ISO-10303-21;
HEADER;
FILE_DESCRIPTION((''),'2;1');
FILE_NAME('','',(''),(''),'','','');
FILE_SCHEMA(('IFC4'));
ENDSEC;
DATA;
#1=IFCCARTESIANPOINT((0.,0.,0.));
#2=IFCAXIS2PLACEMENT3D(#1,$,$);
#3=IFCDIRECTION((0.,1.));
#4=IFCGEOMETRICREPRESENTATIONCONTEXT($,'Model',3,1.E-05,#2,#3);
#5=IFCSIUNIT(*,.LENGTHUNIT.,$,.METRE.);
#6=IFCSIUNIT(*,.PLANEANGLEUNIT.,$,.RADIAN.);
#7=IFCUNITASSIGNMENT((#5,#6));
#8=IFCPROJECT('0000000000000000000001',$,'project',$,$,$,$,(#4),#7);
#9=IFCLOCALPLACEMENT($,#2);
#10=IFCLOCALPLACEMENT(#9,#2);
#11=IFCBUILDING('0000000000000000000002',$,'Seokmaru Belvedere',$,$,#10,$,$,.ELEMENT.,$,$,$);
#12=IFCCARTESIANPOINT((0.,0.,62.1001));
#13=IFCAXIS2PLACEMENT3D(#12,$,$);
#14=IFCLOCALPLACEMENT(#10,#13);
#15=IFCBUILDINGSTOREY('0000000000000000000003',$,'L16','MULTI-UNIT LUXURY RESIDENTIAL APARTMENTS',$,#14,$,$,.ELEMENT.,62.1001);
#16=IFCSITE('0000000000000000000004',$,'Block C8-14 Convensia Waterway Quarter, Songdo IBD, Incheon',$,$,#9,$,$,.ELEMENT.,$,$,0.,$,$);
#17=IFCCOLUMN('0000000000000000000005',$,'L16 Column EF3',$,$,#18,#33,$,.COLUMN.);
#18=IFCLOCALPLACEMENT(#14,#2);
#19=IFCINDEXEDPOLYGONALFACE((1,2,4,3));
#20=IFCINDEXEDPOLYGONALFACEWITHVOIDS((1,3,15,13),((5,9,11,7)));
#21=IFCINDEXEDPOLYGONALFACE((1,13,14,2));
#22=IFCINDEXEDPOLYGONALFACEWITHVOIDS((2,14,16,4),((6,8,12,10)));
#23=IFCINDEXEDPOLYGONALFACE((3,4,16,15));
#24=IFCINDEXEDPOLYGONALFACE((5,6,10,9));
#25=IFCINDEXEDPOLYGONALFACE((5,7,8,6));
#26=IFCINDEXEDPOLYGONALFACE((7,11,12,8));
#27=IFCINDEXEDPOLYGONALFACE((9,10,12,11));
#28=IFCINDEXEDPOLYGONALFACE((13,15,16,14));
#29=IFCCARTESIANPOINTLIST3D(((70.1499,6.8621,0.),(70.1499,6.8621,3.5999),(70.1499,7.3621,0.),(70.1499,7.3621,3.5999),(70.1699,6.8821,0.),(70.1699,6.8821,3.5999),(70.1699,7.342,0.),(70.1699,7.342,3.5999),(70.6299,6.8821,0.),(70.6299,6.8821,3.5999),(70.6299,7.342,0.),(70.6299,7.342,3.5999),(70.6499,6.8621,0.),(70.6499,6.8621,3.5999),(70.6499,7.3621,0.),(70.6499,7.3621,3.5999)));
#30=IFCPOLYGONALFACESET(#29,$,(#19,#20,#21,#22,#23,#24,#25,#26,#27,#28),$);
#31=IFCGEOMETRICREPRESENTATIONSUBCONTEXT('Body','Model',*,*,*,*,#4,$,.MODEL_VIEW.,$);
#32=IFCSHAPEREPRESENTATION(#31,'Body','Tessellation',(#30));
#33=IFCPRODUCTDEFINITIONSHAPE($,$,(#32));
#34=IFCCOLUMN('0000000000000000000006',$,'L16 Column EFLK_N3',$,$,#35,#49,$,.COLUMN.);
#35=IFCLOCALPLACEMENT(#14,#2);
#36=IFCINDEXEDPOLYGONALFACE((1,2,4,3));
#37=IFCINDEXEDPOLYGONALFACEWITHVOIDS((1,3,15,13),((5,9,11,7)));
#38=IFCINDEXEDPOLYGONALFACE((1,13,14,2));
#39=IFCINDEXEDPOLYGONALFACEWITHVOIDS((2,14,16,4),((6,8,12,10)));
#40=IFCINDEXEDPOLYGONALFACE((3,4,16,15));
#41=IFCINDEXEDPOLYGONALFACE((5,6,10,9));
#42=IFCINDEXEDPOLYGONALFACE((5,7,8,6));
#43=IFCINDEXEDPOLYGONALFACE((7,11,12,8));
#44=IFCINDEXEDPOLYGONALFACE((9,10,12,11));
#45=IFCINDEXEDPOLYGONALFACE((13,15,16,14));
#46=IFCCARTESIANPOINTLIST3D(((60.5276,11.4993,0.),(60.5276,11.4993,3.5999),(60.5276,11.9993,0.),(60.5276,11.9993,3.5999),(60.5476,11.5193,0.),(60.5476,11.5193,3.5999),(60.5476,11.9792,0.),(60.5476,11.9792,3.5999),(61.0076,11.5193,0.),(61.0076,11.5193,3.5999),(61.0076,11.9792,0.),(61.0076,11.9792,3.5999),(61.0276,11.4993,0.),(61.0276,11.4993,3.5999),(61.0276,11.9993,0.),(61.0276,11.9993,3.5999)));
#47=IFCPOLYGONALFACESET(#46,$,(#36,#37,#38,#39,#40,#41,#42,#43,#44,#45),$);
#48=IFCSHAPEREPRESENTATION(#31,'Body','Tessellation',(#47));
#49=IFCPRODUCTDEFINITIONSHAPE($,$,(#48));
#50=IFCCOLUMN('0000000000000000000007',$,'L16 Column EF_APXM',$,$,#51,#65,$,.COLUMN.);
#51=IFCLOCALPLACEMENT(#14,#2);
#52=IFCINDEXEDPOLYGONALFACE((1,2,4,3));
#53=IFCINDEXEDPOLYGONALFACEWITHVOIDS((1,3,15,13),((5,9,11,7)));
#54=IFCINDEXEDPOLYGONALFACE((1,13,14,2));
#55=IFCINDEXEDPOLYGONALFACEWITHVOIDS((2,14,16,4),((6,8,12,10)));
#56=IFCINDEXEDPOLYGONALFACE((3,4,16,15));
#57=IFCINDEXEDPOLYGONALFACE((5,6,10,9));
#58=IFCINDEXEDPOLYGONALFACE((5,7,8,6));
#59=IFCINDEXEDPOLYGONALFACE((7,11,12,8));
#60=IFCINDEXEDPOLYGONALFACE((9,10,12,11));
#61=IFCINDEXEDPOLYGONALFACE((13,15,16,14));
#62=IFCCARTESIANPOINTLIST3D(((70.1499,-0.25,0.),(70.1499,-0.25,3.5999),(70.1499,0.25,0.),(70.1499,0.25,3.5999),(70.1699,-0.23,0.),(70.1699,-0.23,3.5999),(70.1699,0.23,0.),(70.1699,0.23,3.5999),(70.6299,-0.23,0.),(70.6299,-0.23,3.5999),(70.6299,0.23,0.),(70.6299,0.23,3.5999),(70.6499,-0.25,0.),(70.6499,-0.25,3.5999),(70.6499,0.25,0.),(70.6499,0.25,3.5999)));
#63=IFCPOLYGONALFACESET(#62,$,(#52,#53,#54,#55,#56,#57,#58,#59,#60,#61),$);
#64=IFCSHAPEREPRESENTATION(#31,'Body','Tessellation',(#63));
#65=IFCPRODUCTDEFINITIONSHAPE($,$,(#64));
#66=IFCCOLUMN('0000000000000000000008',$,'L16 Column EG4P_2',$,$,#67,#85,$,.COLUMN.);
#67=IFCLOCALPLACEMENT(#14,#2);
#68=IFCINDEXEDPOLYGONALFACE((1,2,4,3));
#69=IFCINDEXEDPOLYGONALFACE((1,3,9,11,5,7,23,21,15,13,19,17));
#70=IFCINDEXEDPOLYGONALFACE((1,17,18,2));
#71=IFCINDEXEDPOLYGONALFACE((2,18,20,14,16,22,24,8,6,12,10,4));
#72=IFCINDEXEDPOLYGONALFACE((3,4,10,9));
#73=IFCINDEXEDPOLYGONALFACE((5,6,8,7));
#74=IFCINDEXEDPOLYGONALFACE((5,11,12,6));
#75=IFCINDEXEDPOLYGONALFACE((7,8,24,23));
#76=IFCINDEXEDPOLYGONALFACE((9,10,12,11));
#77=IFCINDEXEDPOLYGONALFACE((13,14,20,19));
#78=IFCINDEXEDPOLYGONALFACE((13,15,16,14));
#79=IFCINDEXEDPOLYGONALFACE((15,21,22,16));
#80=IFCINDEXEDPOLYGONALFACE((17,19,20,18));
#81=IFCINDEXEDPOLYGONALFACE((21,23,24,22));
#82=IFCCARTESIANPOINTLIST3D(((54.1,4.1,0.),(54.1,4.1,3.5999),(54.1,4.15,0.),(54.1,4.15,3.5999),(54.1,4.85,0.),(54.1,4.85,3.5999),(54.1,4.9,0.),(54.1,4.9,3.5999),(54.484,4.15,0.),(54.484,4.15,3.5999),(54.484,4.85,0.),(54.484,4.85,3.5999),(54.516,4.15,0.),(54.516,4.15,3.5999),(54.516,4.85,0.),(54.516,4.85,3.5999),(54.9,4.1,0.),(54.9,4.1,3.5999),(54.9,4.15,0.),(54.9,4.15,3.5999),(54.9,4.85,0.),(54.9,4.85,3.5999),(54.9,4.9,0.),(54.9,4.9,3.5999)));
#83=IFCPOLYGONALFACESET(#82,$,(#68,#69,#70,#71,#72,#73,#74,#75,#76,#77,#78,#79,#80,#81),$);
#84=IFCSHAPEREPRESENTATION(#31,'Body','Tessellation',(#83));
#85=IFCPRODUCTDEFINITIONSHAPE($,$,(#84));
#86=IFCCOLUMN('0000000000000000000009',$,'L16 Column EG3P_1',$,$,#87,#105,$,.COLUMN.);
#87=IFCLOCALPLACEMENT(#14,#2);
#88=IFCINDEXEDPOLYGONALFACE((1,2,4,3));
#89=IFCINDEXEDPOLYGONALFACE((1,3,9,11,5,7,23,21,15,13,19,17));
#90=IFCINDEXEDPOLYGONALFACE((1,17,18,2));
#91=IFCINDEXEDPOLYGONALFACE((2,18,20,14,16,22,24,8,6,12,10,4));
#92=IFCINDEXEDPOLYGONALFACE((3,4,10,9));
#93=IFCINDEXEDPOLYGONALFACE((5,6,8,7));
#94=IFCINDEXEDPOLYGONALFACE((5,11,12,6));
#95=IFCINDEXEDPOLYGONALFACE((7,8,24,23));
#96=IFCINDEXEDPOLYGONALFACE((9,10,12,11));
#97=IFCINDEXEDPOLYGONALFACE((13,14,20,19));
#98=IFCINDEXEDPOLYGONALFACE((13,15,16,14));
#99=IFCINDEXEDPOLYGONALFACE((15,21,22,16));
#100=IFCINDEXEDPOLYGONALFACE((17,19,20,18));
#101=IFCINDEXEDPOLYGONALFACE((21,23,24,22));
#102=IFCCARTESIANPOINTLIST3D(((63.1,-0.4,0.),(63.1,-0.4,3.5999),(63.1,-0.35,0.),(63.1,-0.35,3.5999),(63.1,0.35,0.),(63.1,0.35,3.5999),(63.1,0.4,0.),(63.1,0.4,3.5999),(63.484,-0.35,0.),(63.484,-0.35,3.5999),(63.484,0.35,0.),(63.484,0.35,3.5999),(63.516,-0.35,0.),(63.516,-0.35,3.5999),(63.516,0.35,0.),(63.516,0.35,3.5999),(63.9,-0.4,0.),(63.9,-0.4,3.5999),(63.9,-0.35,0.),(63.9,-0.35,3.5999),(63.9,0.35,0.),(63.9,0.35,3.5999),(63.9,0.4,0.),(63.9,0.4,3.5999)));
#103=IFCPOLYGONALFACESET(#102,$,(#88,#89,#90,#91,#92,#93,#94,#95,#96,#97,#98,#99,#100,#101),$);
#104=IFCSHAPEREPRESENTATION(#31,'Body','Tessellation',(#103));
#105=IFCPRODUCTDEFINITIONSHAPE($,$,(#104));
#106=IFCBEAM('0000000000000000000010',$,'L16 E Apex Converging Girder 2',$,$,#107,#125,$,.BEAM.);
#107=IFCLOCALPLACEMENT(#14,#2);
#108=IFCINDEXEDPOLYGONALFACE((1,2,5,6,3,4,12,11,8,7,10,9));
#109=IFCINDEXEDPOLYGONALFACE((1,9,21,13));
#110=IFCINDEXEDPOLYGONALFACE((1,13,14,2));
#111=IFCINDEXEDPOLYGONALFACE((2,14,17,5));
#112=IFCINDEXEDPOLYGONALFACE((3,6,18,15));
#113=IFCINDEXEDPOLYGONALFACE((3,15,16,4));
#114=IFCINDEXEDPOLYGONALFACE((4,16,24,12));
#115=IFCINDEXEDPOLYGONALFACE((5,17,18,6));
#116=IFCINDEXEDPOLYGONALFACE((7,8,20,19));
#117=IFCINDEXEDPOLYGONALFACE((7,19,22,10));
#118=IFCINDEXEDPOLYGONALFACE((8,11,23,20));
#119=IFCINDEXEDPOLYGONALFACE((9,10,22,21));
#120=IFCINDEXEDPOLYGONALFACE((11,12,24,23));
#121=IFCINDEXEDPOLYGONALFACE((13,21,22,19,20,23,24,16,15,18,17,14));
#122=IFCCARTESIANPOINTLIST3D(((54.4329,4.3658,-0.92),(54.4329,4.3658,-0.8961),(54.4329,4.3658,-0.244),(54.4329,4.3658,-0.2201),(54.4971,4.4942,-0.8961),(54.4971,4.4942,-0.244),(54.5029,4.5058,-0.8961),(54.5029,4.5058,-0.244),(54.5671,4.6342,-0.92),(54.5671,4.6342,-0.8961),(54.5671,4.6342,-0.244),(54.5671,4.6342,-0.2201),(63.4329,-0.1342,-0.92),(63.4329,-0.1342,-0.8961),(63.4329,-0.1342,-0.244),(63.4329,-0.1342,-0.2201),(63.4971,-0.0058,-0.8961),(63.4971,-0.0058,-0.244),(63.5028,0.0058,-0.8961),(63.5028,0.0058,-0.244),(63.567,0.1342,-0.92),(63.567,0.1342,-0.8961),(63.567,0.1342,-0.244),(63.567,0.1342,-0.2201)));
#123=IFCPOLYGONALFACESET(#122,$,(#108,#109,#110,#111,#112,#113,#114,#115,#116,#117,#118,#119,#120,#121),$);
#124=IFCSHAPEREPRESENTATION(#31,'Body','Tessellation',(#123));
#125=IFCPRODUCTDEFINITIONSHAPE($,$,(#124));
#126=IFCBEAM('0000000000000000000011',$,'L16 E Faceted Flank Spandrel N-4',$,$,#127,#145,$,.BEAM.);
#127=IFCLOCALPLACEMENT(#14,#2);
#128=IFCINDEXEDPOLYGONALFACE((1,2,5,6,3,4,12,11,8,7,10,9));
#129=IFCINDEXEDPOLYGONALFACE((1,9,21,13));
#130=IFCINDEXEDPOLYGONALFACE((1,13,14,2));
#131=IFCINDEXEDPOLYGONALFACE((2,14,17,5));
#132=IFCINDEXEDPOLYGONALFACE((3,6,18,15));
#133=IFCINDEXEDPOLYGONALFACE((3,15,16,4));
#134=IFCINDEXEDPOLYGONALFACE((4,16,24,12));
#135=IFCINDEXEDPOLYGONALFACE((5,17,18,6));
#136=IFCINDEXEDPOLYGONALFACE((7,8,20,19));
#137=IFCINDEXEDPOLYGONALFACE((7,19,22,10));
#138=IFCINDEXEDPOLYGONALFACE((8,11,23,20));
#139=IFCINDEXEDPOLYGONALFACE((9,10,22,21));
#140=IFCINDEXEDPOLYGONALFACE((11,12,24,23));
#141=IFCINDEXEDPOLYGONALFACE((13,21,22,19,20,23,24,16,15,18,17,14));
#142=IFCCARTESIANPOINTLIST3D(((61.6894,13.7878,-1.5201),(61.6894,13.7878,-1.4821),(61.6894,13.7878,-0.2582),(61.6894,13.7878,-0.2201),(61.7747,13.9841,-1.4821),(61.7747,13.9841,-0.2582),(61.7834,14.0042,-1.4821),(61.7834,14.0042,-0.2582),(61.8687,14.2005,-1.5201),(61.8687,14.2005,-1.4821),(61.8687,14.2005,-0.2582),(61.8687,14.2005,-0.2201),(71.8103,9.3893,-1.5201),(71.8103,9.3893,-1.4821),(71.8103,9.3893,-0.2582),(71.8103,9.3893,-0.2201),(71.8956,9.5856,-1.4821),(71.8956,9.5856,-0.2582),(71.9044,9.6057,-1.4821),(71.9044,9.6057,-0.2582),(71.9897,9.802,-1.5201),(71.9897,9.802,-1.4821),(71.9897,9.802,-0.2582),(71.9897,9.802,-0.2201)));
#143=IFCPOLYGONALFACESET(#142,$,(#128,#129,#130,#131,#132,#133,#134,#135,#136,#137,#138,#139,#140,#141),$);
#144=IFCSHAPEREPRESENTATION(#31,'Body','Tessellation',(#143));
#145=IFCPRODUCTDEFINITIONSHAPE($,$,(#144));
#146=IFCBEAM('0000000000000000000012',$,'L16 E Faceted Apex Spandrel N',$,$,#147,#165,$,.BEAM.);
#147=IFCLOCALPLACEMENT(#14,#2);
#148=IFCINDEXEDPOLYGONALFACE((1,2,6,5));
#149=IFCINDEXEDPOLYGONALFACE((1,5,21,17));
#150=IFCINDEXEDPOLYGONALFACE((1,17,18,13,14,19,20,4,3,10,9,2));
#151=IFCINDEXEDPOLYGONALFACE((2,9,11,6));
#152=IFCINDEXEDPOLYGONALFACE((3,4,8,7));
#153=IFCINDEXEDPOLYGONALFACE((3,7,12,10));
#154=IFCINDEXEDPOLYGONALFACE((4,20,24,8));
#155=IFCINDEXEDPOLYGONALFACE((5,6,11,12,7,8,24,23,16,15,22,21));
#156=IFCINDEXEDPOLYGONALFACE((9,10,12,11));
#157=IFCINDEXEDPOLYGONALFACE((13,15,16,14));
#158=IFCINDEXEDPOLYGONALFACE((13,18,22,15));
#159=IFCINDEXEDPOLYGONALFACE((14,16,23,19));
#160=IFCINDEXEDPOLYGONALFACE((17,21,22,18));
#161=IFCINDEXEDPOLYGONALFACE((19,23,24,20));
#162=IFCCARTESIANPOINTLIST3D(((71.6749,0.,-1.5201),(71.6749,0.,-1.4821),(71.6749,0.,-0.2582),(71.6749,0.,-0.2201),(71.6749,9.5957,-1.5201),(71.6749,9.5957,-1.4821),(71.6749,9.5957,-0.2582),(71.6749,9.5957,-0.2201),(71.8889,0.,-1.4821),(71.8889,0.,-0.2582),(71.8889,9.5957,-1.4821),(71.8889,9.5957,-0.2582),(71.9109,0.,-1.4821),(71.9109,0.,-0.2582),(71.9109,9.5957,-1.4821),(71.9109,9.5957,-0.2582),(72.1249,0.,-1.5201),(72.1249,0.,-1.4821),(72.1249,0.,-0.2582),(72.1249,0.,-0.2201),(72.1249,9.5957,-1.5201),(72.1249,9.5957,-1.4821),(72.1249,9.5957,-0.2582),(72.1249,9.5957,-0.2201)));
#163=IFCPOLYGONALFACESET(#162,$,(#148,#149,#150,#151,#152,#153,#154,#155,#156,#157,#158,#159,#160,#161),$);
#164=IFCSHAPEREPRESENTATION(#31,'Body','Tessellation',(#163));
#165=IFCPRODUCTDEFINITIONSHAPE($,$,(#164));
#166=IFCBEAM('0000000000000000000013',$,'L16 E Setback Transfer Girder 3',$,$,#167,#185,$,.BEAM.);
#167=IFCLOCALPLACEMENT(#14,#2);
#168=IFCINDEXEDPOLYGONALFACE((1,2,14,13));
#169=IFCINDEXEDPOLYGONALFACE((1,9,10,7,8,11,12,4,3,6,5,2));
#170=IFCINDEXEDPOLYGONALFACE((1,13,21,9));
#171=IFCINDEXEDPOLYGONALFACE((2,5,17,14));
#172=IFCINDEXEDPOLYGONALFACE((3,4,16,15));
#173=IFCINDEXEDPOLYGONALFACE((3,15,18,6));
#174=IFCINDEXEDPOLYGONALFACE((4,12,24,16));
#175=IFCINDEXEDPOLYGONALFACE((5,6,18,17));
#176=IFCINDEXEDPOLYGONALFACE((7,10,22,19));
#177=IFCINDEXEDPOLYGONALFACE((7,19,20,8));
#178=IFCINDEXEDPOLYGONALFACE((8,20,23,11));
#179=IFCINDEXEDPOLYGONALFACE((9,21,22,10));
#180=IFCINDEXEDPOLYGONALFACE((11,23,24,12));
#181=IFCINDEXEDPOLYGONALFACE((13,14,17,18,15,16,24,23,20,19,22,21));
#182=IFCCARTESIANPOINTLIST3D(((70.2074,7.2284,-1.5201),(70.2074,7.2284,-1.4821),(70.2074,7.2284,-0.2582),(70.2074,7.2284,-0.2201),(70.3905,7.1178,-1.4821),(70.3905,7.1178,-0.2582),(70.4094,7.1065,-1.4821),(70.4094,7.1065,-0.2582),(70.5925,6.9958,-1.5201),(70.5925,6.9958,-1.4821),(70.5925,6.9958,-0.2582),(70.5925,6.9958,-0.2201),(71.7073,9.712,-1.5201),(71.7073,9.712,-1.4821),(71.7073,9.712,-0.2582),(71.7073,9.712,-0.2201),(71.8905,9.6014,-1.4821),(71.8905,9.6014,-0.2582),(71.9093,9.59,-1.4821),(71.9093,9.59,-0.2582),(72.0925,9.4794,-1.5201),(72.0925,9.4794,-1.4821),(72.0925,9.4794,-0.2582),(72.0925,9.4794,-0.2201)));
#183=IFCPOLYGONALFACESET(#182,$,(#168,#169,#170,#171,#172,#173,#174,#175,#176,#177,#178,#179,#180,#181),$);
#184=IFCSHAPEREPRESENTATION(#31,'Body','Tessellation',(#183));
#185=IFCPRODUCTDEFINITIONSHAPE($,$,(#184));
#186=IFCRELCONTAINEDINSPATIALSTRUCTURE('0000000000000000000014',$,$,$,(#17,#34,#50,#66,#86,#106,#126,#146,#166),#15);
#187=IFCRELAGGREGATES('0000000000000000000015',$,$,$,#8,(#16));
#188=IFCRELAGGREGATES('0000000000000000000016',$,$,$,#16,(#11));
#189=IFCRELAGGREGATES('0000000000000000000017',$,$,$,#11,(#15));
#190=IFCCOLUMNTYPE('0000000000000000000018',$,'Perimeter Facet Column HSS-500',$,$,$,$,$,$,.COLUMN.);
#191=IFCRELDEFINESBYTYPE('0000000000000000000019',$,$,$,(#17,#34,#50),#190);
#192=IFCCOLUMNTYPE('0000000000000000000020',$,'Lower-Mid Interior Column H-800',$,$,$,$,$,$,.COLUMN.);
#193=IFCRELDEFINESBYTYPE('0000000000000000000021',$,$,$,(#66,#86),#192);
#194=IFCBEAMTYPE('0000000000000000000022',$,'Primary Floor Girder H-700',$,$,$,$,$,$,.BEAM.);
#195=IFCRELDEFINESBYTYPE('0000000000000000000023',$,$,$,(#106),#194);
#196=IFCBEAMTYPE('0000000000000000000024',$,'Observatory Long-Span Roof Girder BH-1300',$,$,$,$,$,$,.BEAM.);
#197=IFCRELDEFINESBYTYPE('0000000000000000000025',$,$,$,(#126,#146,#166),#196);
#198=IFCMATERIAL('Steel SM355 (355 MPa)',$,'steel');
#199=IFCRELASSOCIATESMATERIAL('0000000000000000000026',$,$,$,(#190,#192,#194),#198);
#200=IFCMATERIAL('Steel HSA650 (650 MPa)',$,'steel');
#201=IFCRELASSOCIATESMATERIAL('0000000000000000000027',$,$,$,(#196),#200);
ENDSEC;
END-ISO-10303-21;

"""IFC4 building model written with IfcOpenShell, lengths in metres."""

from ifc_helpers import new_model, si_unit, direction, frame, origin, origin_2d, place, context, subcontext, project, spatial, hollow_rectangle, i_section, extrude, source, transform, mapped, material, material_profile, profile_set, type_object, type_shapes, element, save


model = new_model("IFC4")

# Units and contexts
model_context = context("Model", 3, precision=1e-05, world=origin(), true_north=direction((0.0, 1.0)))
body_context = subcontext(model_context, "Body", "Model", "MODEL_VIEW")
ifc_project = project(units=[si_unit("LENGTHUNIT", "METRE"), si_unit("PLANEANGLEUNIT", "RADIAN")], contexts=[model_context])

# Site, building, storey
site_placement = place(None, origin())
site = spatial("IfcSite", under=ifc_project, at=site_placement, Name="Block C8-14 Convensia Waterway Quarter, Songdo IBD, Incheon", CompositionType="ELEMENT", RefElevation=0.0)
building_placement = place(site_placement, origin())
building = spatial("IfcBuilding", under=site, at=building_placement, Name="Seokmaru Belvedere", CompositionType="ELEMENT")
storey_placement = place(building_placement, frame((0.0, 0.0, 62.1001)))
storey = spatial("IfcBuildingStorey", under=building, at=storey_placement, Name="L16", Description="MULTI-UNIT LUXURY RESIDENTIAL APARTMENTS", CompositionType="ELEMENT", Elevation=62.1001)

# Columns
ifc_material_1 = material(Name="Steel SM355 (355 MPa)", Category="steel")
ifc_material_profile_1 = material_profile(ifc_material_1, hollow_rectangle(XDim=0.5, YDim=0.5, WallThickness=0.02, at=origin_2d()), Name="HSS-500x500x20")
ifc_profile_set_1 = profile_set([ifc_material_profile_1], Name="Steel SM355 (355 MPa)")
column_type_1 = type_object("IfcColumnType", Name="Perimeter Facet Column HSS-500", PredefinedType="COLUMN", material=ifc_profile_set_1)
shared_shape_1 = source(origin(), body_context, "Body", "SweptSolid", [
    extrude(hollow_rectangle(XDim=0.5, YDim=0.5, WallThickness=0.02, at=origin_2d()), origin(), (0.0, 0.0, 1.0), 3.5999),
])
type_shapes(column_type_1, [shared_shape_1])
for number, where, z_axis, x_axis, name in (
    (1, (70.3999, 7.1121, 0.0), (0.0, 0.0, 1.0), (1.0, 0.0, 0.0), "L16 Column EF3"),
    (2, (60.7776, 11.7493, 0.0), (0.0, 0.0, 1.0), (1.0, 0.0, 0.0), "L16 Column EFLK_N3"),
    (3, (70.3999, 0.0, 0.0), (0.0, 0.0, 1.0), (1.0, 0.0, 0.0), "L16 Column EF_APXM"),
):
    element("IfcColumn", number, at=place(storey_placement, frame(where, z_axis=z_axis, x_axis=x_axis)), inside=storey, type_object=column_type_1, Name=name, PredefinedType="COLUMN", context=body_context, shape_type="MappedRepresentation", body=[
        mapped(shared_shape_1, transform((0.0, 0.0, 0.0), scale=1.0)),
    ])
ifc_material_profile_2 = material_profile(ifc_material_1, i_section(OverallWidth=0.8, OverallDepth=0.8, WebThickness=0.032, FlangeThickness=0.05, at=origin_2d()), Name="H-800x800x32x50")
ifc_profile_set_2 = profile_set([ifc_material_profile_2], Name="Steel SM355 (355 MPa)")
column_type_2 = type_object("IfcColumnType", Name="Lower-Mid Interior Column H-800", PredefinedType="COLUMN", material=ifc_profile_set_2)
shared_shape_2 = source(origin(), body_context, "Body", "SweptSolid", [
    extrude(i_section(OverallWidth=0.8, OverallDepth=0.8, WebThickness=0.032, FlangeThickness=0.05, at=origin_2d()), origin(), (0.0, 0.0, 1.0), 3.5999),
])
type_shapes(column_type_2, [shared_shape_2])
for number, where, z_axis, x_axis, name in (
    (4, (54.5, 4.5, 0.0), (0.0, 0.0, 1.0), (1.0, 0.0, 0.0), "L16 Column EG4P_2"),
    (5, (63.5, 0.0, 0.0), (0.0, 0.0, 1.0), (1.0, 0.0, 0.0), "L16 Column EG3P_1"),
):
    element("IfcColumn", number, at=place(storey_placement, frame(where, z_axis=z_axis, x_axis=x_axis)), inside=storey, type_object=column_type_2, Name=name, PredefinedType="COLUMN", context=body_context, shape_type="MappedRepresentation", body=[
        mapped(shared_shape_2, transform((0.0, 0.0, 0.0), scale=1.0)),
    ])

# Beams
ifc_material_profile_3 = material_profile(ifc_material_1, i_section(OverallWidth=0.3, OverallDepth=0.7, WebThickness=0.0129, FlangeThickness=0.0239, at=origin_2d()), Name="H-700x300x13x24")
ifc_profile_set_3 = profile_set([ifc_material_profile_3], Name="Steel SM355 (355 MPa)")
beam_type_1 = type_object("IfcBeamType", Name="Primary Floor Girder H-700", PredefinedType="BEAM", material=ifc_profile_set_3)
shared_shape_3 = source(origin(), body_context, "Body", "SweptSolid", [
    extrude(i_section(OverallWidth=0.3, OverallDepth=0.7, WebThickness=0.0129, FlangeThickness=0.0239, at=origin_2d()), origin(), (0.0, 0.0, 1.0), 10.0623),
])
type_shapes(beam_type_1, [shared_shape_3])
beam_1_placement = place(storey_placement, frame((54.5, 4.5, -0.5701), z_axis=(0.894427, -0.447214, 0.0), x_axis=(0.447214, 0.894427, 0.0)))
element("IfcBeam", 6, at=beam_1_placement, inside=storey, type_object=beam_type_1, Name="L16 E Apex Converging Girder 2", PredefinedType="BEAM", context=body_context, shape_type="MappedRepresentation", body=[
    mapped(shared_shape_3, transform((0.0, 0.0, 0.0), scale=1.0)),
])
ifc_material_2 = material(Name="Steel HSA650 (650 MPa)", Category="steel")
ifc_material_profile_4 = material_profile(ifc_material_2, i_section(OverallWidth=0.45, OverallDepth=1.3, WebThickness=0.022, FlangeThickness=0.0381, at=origin_2d()), Name="BH-1300x450x22x38")
ifc_profile_set_4 = profile_set([ifc_material_profile_4], Name="Steel HSA650 (650 MPa)")
beam_type_2 = type_object("IfcBeamType", Name="Observatory Long-Span Roof Girder BH-1300", PredefinedType="BEAM", material=ifc_profile_set_4)
shared_shape_4 = source(origin(), body_context, "Body", "SweptSolid", [
    extrude(i_section(OverallWidth=0.45, OverallDepth=1.3, WebThickness=0.022, FlangeThickness=0.0381, at=origin_2d()), origin(), (0.0, 0.0, 1.0), 11.0354),
])
beam_2_placement = place(storey_placement, frame((61.7791, 13.9941, -0.8701), z_axis=(0.917134, -0.398579, 0.0), x_axis=(0.398579, 0.917134, 0.0)))
element("IfcBeam", 7, at=beam_2_placement, inside=storey, type_object=beam_type_2, Name="L16 E Faceted Flank Spandrel N-4", PredefinedType="BEAM", context=body_context, shape_type="MappedRepresentation", body=[
    mapped(shared_shape_4, transform((0.0, 0.0, 0.0), scale=1.0)),
])
shared_shape_5 = source(origin(), body_context, "Body", "SweptSolid", [
    extrude(i_section(OverallWidth=0.45, OverallDepth=1.3, WebThickness=0.022, FlangeThickness=0.0381, at=origin_2d()), origin(), (0.0, 0.0, 1.0), 9.5957),
])
beam_3_placement = place(storey_placement, frame((71.8999, 0.0, -0.8701), z_axis=(0.0, 1.0, 0.0), x_axis=(-1.0, 0.0, 0.0)))
element("IfcBeam", 8, at=beam_3_placement, inside=storey, type_object=beam_type_2, Name="L16 E Faceted Apex Spandrel N", PredefinedType="BEAM", context=body_context, shape_type="MappedRepresentation", body=[
    mapped(shared_shape_5, transform((0.0, 0.0, 0.0), scale=1.0)),
])
shared_shape_6 = source(origin(), body_context, "Body", "SweptSolid", [
    extrude(i_section(OverallWidth=0.45, OverallDepth=1.3, WebThickness=0.022, FlangeThickness=0.0381, at=origin_2d()), origin(), (0.0, 0.0, 1.0), 2.9014),
])
beam_4_placement = place(storey_placement, frame((71.8999, 9.5957, -0.8701), z_axis=(-0.516981, -0.855997, 0.0), x_axis=(0.855997, -0.516981, 0.0)))
element("IfcBeam", 9, at=beam_4_placement, inside=storey, type_object=beam_type_2, Name="L16 E Setback Transfer Girder 3", PredefinedType="BEAM", context=body_context, shape_type="MappedRepresentation", body=[
    mapped(shared_shape_6, transform((0.0, 0.0, 0.0), scale=1.0)),
])

save(model, "model.ifc")
